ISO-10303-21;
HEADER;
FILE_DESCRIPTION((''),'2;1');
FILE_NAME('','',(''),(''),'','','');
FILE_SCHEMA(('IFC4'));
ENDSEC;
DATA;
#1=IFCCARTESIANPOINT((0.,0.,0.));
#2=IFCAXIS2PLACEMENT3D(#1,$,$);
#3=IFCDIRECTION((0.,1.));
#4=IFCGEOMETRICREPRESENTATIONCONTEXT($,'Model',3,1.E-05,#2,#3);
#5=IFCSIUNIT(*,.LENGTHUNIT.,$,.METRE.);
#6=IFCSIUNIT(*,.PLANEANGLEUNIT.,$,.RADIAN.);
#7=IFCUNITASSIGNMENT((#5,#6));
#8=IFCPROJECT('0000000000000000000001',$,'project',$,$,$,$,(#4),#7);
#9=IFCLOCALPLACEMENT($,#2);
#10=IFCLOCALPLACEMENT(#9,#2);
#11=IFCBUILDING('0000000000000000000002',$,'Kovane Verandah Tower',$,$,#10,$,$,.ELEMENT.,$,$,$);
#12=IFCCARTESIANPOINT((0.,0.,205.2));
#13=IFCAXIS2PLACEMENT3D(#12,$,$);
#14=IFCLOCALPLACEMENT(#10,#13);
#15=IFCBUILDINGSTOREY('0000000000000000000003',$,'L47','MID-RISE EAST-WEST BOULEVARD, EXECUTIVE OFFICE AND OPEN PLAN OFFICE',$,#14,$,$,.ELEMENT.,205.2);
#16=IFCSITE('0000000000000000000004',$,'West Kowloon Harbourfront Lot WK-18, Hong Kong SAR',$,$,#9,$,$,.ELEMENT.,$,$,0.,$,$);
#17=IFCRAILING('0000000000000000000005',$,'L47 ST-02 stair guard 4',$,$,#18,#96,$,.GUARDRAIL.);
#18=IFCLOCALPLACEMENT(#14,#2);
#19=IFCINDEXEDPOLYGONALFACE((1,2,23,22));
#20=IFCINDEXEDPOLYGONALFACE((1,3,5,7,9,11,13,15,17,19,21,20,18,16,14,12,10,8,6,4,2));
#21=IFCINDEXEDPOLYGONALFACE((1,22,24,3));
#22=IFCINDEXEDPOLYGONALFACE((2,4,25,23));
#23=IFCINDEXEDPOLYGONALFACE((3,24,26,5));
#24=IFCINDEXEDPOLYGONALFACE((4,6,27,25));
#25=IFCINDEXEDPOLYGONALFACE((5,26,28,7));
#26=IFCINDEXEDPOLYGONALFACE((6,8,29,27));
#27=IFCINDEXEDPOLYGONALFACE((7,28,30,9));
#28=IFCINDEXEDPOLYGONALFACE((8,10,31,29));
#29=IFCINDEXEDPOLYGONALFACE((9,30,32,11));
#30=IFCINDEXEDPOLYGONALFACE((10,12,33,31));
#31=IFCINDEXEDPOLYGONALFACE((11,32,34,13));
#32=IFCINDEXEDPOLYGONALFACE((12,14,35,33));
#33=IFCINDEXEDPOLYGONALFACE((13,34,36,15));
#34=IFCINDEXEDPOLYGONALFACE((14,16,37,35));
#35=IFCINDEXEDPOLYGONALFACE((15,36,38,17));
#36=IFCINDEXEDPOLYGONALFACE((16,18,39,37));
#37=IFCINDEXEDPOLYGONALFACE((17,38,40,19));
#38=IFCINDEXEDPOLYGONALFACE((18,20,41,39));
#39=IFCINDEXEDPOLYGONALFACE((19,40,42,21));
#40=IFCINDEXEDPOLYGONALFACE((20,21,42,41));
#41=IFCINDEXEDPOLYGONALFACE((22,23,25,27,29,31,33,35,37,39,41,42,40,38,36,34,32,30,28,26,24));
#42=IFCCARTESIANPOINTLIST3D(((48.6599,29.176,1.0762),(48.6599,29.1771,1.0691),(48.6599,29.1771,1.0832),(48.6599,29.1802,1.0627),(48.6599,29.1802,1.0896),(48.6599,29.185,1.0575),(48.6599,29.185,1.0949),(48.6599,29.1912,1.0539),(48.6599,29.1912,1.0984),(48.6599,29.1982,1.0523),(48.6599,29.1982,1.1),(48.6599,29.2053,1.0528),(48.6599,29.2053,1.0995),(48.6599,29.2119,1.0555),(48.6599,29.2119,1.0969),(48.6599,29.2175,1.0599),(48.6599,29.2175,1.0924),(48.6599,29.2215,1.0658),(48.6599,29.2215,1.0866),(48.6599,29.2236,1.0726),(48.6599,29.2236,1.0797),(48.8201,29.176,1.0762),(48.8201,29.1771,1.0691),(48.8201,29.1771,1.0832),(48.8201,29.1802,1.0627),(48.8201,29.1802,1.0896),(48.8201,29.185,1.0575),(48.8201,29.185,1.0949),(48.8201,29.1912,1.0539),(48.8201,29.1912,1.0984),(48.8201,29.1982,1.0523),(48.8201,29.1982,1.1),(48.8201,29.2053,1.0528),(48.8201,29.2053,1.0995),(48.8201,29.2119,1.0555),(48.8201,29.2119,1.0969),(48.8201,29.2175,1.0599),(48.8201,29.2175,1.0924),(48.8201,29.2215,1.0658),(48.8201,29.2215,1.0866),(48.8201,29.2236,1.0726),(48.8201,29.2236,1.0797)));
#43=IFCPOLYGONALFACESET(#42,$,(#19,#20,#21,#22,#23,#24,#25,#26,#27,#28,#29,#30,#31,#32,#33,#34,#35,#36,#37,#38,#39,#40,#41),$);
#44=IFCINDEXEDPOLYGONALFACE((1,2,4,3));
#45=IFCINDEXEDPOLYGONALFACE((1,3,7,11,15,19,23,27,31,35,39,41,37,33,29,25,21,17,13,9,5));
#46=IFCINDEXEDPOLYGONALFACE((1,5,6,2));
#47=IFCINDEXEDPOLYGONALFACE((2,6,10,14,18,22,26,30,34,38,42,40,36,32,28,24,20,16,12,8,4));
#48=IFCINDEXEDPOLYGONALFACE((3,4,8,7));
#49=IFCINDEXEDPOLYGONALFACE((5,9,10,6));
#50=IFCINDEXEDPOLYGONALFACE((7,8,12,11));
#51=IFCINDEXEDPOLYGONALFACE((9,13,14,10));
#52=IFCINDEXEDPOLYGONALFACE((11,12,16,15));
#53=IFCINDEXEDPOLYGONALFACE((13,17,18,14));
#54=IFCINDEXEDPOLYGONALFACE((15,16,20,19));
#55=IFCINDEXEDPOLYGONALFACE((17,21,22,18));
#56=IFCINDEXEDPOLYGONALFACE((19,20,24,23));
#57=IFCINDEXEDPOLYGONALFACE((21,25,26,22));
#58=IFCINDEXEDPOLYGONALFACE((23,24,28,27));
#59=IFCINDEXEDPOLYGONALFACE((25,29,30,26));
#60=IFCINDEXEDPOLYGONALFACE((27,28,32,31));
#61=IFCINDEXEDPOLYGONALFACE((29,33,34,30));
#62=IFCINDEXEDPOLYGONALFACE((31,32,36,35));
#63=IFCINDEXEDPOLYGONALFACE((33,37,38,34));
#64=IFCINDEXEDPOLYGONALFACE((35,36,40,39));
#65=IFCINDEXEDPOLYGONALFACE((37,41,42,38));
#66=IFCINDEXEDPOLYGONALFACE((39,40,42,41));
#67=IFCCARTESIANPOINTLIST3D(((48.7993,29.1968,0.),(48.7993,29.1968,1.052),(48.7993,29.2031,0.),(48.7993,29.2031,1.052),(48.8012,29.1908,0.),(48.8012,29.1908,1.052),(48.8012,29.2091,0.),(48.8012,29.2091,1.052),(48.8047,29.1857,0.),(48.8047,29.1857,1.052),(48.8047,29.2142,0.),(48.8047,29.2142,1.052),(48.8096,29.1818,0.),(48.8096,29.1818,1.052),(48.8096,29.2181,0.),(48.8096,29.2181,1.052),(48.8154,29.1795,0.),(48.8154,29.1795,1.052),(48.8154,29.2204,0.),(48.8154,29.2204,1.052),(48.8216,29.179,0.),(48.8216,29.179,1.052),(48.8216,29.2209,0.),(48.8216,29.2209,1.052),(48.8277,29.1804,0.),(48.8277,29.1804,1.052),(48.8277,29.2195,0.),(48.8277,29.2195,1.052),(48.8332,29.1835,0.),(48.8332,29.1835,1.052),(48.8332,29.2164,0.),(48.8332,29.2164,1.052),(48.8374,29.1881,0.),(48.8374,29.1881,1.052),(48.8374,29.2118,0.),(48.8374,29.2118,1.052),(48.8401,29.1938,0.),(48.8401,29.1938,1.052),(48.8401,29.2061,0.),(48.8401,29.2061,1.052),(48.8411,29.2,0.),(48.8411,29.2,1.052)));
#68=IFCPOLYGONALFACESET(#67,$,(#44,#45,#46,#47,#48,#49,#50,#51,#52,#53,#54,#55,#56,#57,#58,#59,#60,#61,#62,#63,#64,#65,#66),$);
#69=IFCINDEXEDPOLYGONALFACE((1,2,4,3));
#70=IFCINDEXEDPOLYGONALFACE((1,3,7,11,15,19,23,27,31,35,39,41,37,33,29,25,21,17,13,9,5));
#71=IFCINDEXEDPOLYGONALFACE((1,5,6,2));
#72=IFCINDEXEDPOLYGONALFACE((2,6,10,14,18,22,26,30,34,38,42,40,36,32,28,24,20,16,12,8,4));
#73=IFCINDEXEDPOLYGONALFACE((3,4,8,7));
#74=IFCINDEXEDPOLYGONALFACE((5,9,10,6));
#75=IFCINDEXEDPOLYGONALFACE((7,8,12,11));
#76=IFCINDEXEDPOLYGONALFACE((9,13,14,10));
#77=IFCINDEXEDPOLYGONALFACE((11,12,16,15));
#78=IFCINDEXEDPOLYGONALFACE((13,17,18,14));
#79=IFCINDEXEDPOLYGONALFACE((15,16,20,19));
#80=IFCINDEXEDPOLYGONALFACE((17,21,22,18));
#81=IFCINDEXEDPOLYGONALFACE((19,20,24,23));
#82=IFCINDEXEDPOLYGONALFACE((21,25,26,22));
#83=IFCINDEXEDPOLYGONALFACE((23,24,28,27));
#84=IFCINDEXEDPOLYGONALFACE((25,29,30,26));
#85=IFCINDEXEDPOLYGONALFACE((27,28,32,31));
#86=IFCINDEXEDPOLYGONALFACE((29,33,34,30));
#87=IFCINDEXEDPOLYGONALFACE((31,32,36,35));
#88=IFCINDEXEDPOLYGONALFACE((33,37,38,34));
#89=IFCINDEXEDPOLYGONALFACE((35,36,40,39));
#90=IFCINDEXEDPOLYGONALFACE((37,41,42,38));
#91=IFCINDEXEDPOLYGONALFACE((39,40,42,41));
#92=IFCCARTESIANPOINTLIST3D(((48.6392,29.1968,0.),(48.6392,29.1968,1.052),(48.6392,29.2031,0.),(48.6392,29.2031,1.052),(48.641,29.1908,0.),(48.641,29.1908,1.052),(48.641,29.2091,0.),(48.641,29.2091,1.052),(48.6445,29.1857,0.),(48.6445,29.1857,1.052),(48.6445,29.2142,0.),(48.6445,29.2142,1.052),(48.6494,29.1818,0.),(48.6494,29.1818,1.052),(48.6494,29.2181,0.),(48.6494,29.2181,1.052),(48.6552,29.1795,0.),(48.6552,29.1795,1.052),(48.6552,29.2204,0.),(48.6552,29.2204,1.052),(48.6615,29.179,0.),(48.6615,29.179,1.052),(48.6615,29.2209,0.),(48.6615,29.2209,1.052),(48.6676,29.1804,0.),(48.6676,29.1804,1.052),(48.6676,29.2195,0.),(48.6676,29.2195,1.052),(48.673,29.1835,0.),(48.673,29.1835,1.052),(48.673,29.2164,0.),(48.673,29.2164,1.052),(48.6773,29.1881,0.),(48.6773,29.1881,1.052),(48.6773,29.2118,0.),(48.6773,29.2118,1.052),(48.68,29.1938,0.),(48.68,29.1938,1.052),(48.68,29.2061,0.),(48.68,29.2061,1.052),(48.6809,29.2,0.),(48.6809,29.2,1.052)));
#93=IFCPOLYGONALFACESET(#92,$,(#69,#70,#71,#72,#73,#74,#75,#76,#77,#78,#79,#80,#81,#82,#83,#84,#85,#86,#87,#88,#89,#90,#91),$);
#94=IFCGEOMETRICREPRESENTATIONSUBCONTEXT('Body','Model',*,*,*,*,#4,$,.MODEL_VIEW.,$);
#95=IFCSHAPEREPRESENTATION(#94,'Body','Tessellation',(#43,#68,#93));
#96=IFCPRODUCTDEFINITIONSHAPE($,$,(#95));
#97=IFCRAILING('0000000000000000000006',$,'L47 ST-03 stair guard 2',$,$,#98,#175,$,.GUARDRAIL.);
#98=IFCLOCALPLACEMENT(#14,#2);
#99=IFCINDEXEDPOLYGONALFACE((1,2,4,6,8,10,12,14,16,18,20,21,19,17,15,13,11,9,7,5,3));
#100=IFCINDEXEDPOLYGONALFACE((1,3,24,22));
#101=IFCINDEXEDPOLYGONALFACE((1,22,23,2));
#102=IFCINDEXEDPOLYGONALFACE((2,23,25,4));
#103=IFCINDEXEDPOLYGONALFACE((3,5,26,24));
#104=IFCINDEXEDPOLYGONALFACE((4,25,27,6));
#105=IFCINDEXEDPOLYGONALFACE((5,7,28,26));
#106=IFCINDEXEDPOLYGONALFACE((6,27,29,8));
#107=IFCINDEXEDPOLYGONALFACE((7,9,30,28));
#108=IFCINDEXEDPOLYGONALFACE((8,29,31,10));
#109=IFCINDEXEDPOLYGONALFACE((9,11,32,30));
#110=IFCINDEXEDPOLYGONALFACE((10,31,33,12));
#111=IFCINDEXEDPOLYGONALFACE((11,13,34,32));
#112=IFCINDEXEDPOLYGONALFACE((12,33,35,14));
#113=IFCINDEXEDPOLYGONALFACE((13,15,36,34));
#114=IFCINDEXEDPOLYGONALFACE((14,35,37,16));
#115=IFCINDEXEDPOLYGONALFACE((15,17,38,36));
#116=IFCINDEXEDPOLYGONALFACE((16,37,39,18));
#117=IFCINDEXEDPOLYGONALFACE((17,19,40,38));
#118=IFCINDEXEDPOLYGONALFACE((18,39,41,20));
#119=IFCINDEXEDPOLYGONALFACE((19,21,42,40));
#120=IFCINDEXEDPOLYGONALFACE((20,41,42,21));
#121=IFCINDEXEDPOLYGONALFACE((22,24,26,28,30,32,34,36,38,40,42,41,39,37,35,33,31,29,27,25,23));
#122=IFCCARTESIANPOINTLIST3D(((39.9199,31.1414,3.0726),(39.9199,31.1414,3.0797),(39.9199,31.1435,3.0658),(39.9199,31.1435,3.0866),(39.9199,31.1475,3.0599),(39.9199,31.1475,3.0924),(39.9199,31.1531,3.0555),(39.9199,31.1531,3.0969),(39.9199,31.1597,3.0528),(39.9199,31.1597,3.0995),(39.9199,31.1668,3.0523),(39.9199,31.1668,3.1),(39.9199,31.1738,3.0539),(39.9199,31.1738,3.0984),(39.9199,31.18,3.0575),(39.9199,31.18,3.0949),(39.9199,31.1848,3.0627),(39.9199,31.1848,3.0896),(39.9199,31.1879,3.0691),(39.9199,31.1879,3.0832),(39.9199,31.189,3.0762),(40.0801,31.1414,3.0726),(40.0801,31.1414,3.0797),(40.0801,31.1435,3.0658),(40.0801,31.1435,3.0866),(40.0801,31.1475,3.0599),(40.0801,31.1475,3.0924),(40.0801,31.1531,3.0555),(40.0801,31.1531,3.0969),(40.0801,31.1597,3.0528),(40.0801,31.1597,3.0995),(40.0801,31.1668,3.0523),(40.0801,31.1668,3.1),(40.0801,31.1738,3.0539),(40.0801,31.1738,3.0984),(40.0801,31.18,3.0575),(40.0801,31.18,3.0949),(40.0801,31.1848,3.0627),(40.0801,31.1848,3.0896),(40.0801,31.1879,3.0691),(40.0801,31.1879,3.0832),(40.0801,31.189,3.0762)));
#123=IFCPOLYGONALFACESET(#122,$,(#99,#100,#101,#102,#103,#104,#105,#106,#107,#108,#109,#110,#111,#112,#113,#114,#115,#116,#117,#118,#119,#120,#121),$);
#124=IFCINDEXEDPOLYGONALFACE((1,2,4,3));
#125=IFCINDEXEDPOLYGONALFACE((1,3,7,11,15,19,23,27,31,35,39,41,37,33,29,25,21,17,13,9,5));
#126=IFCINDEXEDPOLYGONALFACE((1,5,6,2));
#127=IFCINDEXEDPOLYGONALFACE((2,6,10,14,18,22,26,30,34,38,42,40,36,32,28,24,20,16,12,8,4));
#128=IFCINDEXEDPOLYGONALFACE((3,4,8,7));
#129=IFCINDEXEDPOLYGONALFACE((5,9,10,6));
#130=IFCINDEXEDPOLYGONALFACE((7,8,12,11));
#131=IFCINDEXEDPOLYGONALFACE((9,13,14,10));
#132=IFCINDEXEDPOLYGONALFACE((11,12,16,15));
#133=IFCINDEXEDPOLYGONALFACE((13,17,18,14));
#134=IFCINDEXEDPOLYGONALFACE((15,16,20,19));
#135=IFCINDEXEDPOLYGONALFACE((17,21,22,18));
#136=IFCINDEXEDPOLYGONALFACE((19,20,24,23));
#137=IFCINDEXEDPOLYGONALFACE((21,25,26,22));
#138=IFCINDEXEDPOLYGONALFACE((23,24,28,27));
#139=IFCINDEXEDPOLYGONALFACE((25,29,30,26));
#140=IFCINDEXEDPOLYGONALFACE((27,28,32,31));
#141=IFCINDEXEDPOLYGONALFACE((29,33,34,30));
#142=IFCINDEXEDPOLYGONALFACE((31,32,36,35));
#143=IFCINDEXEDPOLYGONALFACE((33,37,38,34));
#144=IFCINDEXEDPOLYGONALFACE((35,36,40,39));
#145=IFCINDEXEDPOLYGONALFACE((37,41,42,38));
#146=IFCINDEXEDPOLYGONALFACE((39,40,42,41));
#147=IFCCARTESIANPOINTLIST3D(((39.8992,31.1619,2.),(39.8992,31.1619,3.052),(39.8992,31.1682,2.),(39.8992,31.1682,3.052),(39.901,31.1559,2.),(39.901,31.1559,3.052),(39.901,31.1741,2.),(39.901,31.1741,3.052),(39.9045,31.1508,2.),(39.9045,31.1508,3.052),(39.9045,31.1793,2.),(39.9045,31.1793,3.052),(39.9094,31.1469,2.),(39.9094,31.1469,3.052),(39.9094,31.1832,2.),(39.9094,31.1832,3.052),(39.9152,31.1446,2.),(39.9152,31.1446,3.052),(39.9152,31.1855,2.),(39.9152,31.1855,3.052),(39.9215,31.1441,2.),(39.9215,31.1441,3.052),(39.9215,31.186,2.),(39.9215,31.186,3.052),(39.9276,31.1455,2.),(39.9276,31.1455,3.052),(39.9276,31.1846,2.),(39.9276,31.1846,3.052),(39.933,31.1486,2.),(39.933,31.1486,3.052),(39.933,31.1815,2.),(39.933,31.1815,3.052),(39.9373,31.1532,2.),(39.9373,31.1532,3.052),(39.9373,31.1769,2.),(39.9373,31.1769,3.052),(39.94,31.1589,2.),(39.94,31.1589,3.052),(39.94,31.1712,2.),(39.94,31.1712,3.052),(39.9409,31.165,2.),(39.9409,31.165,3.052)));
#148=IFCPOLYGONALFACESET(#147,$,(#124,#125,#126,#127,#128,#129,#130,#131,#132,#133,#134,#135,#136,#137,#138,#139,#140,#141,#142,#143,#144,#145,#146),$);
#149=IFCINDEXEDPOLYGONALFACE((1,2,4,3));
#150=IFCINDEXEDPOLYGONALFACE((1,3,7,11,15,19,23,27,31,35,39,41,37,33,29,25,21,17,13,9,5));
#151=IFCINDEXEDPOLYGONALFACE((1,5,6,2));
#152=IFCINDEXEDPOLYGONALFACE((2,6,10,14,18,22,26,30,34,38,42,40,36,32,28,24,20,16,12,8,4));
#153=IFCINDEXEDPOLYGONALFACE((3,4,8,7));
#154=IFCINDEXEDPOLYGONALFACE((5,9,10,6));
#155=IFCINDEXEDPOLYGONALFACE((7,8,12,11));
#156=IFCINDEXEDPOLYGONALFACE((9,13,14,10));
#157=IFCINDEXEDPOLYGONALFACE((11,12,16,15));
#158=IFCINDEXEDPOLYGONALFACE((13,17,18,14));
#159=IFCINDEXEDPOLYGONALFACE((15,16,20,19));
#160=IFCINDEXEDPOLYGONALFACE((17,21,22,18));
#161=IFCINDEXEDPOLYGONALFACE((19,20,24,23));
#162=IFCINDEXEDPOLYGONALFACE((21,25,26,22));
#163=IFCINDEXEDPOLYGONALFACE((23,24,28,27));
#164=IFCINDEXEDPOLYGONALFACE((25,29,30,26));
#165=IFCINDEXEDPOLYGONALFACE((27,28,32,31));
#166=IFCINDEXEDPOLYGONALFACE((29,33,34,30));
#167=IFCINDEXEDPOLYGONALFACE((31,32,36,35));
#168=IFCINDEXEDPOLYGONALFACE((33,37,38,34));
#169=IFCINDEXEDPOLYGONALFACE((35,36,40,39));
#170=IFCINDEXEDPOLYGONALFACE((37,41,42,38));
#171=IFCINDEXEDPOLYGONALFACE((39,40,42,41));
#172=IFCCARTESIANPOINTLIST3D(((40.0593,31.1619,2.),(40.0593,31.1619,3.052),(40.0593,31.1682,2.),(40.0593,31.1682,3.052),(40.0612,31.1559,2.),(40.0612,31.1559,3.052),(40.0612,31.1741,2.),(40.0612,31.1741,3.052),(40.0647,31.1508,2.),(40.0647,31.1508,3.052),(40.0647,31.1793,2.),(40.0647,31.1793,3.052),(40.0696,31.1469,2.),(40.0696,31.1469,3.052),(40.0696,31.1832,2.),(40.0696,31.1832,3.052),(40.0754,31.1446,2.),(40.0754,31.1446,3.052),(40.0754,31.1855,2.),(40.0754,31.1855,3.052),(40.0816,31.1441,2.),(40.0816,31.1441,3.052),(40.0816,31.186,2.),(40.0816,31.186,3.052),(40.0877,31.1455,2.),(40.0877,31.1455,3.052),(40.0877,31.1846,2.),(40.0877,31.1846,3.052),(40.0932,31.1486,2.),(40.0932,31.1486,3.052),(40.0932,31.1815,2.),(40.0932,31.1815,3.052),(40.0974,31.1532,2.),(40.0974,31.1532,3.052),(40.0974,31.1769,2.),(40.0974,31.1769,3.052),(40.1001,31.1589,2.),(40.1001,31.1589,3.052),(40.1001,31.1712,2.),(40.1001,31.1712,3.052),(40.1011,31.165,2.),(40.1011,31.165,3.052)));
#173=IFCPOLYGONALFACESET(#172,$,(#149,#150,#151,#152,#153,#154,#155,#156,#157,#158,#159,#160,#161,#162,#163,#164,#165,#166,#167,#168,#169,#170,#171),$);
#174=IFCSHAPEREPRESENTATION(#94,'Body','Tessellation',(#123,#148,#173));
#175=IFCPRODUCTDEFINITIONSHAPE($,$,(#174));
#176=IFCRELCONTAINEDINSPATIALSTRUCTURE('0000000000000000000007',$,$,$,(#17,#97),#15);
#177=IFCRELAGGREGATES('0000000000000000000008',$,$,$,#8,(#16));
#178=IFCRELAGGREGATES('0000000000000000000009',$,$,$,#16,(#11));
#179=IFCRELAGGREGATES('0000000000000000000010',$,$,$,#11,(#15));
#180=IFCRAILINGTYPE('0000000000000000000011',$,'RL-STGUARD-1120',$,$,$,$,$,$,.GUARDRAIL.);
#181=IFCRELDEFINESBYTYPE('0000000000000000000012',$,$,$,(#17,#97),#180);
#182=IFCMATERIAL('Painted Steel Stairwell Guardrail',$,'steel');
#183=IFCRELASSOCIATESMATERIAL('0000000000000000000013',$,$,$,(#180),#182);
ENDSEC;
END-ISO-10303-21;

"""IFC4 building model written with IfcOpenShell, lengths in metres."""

from ifc_helpers import new_model, si_unit, direction, frame, origin, origin_2d, place, context, subcontext, project, spatial, circle, extrude, material, type_object, element, save


model = new_model("IFC4")

# Units and contexts
model_context = context("Model", 3, precision=1e-05, world=origin(), true_north=direction((0.0, 1.0)))
body_context = subcontext(model_context, "Body", "Model", "MODEL_VIEW")
ifc_project = project(units=[si_unit("LENGTHUNIT", "METRE"), si_unit("PLANEANGLEUNIT", "RADIAN")], contexts=[model_context])

# Site, building, storey
site_placement = place(None, origin())
site = spatial("IfcSite", under=ifc_project, at=site_placement, Name="West Kowloon Harbourfront Lot WK-18, Hong Kong SAR", CompositionType="ELEMENT", RefElevation=0.0)
building_placement = place(site_placement, origin())
building = spatial("IfcBuilding", under=site, at=building_placement, Name="Kovane Verandah Tower", CompositionType="ELEMENT")
storey_placement = place(building_placement, frame((0.0, 0.0, 205.2)))
storey = spatial("IfcBuildingStorey", under=building, at=storey_placement, Name="L47", Description="MID-RISE EAST-WEST BOULEVARD, EXECUTIVE OFFICE AND OPEN PLAN OFFICE", CompositionType="ELEMENT", Elevation=205.2)

# Railings
ifc_material_1 = material(Name="Painted Steel Stairwell Guardrail", Category="steel")
railing_type_1 = type_object("IfcRailingType", Name="RL-STGUARD-1120", PredefinedType="GUARDRAIL", material=ifc_material_1)
railing_1_placement = place(storey_placement, frame((48.8201, 29.2, 0.0)))
element("IfcRailing", 1, at=railing_1_placement, inside=storey, type_object=railing_type_1, Name="L47 ST-02 stair guard 4", PredefinedType="GUARDRAIL", context=body_context, shape_type="SweptSolid", body=[
    extrude(circle(Radius=0.0239, at=origin_2d()), frame((0.0, 0.0, 1.0762), z_axis=(-1.0, 0.0, 0.0), x_axis=(0.0, -1.0, 0.0)), (0.0, 0.0, 1.0), 0.1602),
    extrude(circle(Radius=0.021, at=origin_2d()), origin(), (0.0, 0.0, 1.0), 1.052),
    extrude(circle(Radius=0.021, at=origin_2d()), frame((-0.1602, 0.0, 0.0)), (0.0, 0.0, 1.0), 1.052),
])
railing_2_placement = place(storey_placement, frame((39.9199, 31.165, 2.0)))
element("IfcRailing", 2, at=railing_2_placement, inside=storey, type_object=railing_type_1, Name="L47 ST-03 stair guard 2", PredefinedType="GUARDRAIL", context=body_context, shape_type="SweptSolid", body=[
    extrude(circle(Radius=0.0239, at=origin_2d()), frame((0.0, 0.0, 1.0762), z_axis=(1.0, 0.0, 0.0), x_axis=(0.0, 1.0, 0.0)), (0.0, 0.0, 1.0), 0.1602),
    extrude(circle(Radius=0.021, at=origin_2d()), origin(), (0.0, 0.0, 1.0), 1.052),
    extrude(circle(Radius=0.021, at=origin_2d()), frame((0.1602, 0.0, 0.0)), (0.0, 0.0, 1.0), 1.052),
])

save(model, "model.ifc")
